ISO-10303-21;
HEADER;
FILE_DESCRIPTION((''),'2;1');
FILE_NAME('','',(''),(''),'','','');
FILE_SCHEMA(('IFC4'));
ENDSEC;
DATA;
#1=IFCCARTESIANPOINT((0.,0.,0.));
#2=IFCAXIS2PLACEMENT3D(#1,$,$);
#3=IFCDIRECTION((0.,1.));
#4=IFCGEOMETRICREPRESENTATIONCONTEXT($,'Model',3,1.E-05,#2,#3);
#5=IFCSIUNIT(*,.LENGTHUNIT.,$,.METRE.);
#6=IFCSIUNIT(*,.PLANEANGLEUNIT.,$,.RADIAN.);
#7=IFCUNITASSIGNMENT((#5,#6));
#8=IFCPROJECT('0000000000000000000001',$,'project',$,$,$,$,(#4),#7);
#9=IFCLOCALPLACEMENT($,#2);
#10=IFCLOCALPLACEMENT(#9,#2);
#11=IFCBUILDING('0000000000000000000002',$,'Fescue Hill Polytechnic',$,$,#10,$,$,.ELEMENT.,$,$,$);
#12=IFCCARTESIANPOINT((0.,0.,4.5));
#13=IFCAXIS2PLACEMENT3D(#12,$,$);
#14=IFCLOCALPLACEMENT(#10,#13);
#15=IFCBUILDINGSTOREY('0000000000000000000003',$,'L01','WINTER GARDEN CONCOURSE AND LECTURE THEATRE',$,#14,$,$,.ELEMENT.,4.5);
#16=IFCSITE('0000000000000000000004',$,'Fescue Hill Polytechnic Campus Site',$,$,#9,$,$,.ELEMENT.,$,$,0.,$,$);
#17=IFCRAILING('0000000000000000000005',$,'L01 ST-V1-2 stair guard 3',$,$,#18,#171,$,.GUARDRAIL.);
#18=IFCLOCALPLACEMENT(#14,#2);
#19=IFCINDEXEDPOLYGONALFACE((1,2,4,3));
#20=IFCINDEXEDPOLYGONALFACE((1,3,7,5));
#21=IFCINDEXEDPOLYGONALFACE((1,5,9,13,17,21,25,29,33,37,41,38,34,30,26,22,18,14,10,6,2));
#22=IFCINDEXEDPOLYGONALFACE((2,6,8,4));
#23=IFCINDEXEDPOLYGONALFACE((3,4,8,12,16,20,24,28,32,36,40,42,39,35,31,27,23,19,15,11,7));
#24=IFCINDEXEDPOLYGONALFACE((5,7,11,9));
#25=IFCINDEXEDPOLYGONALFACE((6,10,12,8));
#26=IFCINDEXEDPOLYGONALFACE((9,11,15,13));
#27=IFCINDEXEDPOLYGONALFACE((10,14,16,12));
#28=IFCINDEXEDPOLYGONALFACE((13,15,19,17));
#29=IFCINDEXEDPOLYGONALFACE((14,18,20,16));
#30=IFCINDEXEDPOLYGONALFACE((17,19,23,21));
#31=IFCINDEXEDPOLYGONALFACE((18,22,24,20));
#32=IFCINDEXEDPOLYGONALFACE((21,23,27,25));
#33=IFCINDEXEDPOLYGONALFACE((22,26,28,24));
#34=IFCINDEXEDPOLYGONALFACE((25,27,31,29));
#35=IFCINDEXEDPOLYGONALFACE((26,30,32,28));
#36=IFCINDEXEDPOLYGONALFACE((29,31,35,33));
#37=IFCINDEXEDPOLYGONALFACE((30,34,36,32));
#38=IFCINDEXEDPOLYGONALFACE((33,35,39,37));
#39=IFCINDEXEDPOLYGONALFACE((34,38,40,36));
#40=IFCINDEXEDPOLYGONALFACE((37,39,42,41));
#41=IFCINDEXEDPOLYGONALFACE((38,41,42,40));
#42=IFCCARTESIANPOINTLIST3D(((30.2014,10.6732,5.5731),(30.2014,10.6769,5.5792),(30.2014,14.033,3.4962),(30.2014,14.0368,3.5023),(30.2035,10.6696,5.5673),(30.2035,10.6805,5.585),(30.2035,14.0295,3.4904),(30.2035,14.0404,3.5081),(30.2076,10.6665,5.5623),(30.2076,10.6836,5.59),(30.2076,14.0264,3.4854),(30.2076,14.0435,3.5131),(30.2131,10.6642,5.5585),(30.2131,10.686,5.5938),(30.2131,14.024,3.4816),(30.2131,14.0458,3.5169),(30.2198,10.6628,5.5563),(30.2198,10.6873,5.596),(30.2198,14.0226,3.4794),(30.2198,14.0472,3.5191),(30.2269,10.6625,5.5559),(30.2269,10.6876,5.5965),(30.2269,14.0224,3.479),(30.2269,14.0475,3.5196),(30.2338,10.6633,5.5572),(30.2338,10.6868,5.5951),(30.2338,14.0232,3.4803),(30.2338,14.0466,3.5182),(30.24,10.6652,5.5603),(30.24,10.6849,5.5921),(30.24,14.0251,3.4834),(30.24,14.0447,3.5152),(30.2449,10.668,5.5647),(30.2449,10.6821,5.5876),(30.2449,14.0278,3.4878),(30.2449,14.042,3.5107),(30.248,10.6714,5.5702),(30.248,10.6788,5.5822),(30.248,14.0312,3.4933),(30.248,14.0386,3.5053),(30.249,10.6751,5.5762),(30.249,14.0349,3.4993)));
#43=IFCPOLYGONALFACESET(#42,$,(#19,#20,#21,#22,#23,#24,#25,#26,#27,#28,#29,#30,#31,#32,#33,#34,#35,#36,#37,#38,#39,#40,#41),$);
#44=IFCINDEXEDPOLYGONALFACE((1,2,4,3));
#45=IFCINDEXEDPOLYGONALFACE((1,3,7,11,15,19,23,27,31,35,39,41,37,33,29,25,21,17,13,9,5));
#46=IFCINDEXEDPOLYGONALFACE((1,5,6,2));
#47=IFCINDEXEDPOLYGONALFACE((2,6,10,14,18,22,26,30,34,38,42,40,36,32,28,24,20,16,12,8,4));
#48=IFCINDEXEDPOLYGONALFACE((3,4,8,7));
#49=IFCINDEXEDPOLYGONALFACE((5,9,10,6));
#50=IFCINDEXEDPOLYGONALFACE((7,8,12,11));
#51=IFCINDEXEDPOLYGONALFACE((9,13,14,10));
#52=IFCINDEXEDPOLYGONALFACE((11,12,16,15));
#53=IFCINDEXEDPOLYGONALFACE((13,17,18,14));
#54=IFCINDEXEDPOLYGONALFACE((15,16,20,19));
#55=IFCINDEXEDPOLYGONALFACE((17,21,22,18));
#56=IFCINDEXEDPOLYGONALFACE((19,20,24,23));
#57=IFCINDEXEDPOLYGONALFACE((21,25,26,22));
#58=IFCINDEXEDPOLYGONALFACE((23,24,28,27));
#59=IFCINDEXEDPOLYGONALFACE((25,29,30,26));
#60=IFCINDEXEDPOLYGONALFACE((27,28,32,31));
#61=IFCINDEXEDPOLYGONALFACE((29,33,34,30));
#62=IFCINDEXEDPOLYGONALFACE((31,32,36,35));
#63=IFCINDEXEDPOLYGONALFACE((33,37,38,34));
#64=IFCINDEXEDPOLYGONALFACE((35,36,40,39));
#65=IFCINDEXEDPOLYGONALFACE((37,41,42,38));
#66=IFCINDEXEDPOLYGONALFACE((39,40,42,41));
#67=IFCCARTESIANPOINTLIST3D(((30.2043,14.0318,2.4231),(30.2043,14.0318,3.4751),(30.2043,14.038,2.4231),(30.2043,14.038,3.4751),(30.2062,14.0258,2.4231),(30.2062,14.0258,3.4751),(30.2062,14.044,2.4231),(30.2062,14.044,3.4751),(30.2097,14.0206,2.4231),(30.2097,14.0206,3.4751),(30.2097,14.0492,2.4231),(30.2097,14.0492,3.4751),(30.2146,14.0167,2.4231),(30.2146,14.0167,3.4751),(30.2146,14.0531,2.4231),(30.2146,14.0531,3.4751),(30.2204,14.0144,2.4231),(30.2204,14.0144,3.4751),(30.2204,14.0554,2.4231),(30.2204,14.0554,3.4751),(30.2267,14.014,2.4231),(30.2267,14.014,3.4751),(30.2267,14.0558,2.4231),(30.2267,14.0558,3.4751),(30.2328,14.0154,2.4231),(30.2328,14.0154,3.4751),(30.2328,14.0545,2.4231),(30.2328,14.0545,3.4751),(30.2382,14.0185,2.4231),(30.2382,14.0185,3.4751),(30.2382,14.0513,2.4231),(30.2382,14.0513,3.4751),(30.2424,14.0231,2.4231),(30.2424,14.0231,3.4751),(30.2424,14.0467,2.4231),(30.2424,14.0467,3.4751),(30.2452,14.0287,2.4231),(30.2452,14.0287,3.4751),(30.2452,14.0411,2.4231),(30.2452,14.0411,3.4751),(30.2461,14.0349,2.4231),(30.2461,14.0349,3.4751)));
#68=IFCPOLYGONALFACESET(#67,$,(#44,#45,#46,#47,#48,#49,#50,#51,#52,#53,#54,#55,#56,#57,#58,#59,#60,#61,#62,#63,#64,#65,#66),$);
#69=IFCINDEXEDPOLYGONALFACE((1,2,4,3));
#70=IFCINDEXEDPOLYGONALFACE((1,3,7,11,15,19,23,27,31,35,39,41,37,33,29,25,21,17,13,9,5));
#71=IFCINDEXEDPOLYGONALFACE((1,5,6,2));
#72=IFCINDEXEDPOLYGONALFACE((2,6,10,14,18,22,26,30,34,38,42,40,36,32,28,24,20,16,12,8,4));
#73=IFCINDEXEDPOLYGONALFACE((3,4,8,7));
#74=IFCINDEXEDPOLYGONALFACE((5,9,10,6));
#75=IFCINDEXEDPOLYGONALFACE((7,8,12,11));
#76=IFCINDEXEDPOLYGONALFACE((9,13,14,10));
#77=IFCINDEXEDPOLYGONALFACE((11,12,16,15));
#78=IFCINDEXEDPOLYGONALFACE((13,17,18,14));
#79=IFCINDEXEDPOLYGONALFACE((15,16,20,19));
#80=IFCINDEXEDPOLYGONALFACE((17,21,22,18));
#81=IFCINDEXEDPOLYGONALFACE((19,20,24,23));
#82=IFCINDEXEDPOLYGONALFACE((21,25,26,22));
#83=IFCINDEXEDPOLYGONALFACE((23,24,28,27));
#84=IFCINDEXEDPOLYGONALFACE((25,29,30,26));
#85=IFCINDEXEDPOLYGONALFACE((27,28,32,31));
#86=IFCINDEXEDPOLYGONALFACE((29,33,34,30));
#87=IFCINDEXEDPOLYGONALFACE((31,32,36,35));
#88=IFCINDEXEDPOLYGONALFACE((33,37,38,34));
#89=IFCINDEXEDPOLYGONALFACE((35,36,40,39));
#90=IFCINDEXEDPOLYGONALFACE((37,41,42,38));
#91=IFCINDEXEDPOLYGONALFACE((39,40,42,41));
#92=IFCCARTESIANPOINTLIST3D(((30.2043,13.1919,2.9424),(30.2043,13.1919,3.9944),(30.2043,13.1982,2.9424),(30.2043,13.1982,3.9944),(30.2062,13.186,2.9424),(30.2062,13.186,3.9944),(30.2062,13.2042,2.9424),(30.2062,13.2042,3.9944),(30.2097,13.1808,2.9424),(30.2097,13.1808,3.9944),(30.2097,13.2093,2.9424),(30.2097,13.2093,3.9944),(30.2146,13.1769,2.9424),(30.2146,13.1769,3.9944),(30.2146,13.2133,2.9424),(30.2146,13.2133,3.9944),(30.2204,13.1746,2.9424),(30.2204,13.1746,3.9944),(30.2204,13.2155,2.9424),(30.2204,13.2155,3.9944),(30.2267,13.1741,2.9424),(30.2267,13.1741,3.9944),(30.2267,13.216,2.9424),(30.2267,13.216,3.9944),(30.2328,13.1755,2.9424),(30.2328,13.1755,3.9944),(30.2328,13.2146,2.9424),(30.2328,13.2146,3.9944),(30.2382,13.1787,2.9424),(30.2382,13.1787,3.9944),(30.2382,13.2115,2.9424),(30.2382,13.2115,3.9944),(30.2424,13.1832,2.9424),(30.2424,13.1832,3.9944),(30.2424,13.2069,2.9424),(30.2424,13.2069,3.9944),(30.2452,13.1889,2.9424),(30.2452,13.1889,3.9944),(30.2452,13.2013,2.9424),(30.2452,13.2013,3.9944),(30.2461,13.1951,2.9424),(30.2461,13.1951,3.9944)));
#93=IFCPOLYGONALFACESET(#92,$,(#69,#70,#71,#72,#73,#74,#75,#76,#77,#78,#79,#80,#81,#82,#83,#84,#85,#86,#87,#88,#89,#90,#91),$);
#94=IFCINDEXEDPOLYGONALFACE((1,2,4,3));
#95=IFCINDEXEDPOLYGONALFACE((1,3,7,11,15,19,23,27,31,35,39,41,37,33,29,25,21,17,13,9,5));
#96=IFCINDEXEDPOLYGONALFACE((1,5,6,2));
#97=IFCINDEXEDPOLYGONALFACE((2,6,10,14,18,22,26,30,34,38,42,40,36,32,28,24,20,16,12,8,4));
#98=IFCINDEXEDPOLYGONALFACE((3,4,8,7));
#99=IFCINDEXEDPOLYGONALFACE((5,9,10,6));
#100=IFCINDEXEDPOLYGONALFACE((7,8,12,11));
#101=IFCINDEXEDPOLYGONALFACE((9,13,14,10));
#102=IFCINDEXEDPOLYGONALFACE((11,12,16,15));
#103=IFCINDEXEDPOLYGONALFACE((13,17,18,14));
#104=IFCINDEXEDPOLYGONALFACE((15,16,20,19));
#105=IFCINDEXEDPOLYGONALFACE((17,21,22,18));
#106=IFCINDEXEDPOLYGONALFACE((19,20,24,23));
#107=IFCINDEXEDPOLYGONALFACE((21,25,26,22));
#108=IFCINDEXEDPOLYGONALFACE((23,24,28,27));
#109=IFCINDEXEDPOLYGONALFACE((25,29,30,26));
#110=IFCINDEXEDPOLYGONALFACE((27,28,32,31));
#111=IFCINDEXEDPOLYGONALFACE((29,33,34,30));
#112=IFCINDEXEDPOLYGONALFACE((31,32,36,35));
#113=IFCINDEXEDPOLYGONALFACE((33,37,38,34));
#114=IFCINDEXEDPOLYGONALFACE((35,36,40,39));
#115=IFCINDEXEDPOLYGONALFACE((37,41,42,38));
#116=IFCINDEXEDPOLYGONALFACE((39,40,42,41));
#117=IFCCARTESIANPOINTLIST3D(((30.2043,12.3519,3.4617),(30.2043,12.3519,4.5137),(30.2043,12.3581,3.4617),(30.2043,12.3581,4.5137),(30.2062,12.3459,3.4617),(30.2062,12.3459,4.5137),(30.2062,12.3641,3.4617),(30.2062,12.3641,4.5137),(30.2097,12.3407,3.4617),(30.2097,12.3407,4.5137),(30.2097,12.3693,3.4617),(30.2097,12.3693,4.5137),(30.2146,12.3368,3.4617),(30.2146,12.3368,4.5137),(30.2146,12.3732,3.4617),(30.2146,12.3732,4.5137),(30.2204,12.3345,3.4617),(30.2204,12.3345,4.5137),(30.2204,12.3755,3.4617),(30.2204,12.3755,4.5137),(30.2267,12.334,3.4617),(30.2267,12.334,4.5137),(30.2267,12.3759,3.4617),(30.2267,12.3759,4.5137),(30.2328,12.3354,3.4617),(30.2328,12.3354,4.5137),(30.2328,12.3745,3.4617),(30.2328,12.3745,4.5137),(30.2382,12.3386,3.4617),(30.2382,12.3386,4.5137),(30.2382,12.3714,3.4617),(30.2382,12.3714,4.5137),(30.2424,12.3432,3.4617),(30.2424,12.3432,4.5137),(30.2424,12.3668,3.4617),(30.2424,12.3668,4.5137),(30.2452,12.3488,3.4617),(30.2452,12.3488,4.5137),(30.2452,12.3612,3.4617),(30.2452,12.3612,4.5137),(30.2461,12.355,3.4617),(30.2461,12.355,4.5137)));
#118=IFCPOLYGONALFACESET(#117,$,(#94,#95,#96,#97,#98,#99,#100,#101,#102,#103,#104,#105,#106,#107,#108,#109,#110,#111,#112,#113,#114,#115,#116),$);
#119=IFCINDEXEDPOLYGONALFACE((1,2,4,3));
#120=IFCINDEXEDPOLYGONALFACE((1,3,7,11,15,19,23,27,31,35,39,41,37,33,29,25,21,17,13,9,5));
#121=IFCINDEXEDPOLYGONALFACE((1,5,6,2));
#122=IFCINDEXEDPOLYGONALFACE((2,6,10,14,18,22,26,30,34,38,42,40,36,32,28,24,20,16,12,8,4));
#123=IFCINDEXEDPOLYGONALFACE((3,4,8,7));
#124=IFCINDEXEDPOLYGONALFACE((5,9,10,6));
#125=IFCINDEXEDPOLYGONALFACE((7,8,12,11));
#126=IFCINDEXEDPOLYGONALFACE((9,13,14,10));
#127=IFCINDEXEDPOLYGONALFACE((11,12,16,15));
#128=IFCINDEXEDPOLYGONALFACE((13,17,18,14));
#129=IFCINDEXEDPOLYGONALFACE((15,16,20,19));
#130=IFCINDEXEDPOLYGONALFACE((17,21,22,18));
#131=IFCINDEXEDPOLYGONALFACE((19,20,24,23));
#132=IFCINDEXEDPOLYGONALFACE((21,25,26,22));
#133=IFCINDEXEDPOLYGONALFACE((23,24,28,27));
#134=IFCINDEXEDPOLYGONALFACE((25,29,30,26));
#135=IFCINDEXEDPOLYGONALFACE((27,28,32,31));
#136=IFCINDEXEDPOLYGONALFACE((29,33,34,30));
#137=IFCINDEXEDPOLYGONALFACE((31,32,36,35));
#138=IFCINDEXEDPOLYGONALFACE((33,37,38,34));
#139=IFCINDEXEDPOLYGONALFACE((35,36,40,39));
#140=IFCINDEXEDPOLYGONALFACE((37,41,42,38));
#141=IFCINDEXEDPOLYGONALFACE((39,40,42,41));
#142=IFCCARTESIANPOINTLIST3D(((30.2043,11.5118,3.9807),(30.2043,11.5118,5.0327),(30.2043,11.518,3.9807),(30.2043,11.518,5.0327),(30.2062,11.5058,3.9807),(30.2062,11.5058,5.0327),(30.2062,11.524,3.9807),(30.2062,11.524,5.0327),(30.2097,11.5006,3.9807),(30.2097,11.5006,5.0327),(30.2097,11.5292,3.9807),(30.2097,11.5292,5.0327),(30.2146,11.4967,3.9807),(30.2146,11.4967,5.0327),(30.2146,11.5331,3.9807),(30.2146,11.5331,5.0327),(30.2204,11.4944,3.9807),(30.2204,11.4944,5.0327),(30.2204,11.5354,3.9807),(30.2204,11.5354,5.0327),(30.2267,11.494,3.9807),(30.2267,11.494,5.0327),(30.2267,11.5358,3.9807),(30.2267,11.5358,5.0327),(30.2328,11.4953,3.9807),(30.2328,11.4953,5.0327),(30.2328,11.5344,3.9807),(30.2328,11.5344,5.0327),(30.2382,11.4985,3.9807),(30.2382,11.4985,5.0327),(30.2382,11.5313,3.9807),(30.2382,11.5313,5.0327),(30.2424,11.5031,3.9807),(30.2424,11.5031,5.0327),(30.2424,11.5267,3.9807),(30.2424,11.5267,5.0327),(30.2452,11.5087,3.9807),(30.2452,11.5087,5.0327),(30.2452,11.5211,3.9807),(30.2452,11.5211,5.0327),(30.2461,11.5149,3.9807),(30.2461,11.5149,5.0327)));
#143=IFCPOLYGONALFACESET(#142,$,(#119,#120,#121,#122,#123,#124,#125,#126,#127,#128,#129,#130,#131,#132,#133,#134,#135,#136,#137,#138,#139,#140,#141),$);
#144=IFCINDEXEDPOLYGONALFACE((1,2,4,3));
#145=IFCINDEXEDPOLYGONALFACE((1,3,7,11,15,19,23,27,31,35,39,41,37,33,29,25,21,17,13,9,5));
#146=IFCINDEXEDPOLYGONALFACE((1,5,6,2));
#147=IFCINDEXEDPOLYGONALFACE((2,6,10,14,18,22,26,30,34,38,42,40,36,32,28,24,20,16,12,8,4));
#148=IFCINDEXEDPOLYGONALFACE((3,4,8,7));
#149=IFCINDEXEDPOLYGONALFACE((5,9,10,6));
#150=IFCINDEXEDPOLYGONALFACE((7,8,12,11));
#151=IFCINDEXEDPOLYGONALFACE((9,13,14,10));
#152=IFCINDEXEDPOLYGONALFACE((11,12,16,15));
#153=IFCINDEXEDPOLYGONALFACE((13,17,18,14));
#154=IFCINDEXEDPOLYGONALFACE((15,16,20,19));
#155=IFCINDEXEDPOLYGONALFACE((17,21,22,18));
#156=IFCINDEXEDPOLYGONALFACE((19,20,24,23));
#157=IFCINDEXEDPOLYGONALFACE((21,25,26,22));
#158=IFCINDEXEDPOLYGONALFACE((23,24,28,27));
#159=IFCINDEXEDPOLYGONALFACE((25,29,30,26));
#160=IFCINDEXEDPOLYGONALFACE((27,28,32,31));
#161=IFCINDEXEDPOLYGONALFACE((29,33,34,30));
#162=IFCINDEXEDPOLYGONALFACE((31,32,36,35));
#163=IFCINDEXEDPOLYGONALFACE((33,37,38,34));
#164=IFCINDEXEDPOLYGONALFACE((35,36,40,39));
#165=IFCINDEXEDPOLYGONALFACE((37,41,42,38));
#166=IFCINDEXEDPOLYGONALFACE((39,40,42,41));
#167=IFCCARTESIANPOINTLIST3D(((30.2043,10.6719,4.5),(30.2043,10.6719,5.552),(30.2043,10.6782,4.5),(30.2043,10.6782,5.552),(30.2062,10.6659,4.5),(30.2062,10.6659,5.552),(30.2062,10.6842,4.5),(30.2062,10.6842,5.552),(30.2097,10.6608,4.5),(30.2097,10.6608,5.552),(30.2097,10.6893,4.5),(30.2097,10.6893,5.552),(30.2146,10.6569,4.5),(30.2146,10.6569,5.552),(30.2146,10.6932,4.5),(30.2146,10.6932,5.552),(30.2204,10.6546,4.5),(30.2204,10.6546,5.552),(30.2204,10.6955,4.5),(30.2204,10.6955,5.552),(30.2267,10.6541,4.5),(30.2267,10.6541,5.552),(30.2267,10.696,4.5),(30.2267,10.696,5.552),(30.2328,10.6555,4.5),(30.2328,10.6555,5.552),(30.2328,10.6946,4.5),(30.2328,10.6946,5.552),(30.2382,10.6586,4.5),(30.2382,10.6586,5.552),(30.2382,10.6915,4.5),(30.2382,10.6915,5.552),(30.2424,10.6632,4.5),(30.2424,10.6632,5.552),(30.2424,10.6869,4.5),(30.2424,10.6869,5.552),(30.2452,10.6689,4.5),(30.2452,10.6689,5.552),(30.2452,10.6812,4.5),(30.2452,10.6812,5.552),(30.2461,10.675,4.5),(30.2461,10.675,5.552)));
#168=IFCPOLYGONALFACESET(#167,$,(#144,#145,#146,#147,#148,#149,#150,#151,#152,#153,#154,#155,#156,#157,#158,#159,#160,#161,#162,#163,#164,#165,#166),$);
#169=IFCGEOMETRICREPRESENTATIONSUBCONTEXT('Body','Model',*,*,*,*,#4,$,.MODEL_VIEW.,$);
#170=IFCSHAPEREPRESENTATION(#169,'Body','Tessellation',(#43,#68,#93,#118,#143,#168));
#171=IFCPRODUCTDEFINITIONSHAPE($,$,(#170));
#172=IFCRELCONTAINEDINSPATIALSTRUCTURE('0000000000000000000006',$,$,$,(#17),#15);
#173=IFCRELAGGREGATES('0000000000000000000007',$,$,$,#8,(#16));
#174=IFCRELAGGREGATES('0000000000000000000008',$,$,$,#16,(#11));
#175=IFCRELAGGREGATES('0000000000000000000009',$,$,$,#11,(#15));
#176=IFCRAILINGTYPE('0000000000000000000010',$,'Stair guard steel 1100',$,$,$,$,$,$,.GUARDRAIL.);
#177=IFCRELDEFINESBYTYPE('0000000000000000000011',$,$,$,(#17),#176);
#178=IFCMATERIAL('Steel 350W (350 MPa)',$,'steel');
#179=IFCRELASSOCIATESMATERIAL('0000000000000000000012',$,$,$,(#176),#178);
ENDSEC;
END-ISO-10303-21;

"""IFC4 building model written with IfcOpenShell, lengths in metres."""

from ifc_helpers import new_model, si_unit, direction, frame, origin, origin_2d, place, context, subcontext, project, spatial, circle, extrude, material, type_object, element, save


model = new_model("IFC4")

# Units and contexts
model_context = context("Model", 3, precision=1e-05, world=origin(), true_north=direction((0.0, 1.0)))
body_context = subcontext(model_context, "Body", "Model", "MODEL_VIEW")
ifc_project = project(units=[si_unit("LENGTHUNIT", "METRE"), si_unit("PLANEANGLEUNIT", "RADIAN")], contexts=[model_context])

# Site, building, storey
site_placement = place(None, origin())
site = spatial("IfcSite", under=ifc_project, at=site_placement, Name="Fescue Hill Polytechnic Campus Site", CompositionType="ELEMENT", RefElevation=0.0)
building_placement = place(site_placement, origin())
building = spatial("IfcBuilding", under=site, at=building_placement, Name="Fescue Hill Polytechnic", CompositionType="ELEMENT")
storey_placement = place(building_placement, frame((0.0, 0.0, 4.5)))
storey = spatial("IfcBuildingStorey", under=building, at=storey_placement, Name="L01", Description="WINTER GARDEN CONCOURSE AND LECTURE THEATRE", CompositionType="ELEMENT", Elevation=4.5)

# Shared definitions
ifc_material_1 = material(Name="Steel 350W (350 MPa)", Category="steel")

# Railing
railing_type_1 = type_object("IfcRailingType", Name="Stair guard steel 1100", PredefinedType="GUARDRAIL", material=ifc_material_1)
railing_1_placement = place(storey_placement, frame((30.2251, 14.0349, 2.4231)))
element("IfcRailing", 1, at=railing_1_placement, inside=storey, type_object=railing_type_1, Name="L01 ST-V1-2 stair guard 3", PredefinedType="GUARDRAIL", context=body_context, shape_type="SweptSolid", body=[
    extrude(circle(Radius=0.0239, at=origin_2d()), frame((0.0, 0.0, 1.0762), z_axis=(0.0, -0.850606, 0.525803), x_axis=(1.0, 0.0, 0.0)), (0.0, 0.0, 1.0), 3.95),
    extrude(circle(Radius=0.021, at=origin_2d()), origin(), (0.0, 0.0, 1.0), 1.052),
    extrude(circle(Radius=0.021, at=origin_2d()), frame((0.0, -0.8398, 0.5193)), (0.0, 0.0, 1.0), 1.052),
    extrude(circle(Radius=0.021, at=origin_2d()), frame((0.0, -1.6799, 1.0386)), (0.0, 0.0, 1.0), 1.052),
    extrude(circle(Radius=0.021, at=origin_2d()), frame((0.0, -2.52, 1.5576)), (0.0, 0.0, 1.0), 1.052),
    extrude(circle(Radius=0.021, at=origin_2d()), frame((0.0, -3.3599, 2.0769)), (0.0, 0.0, 1.0), 1.052),
])

save(model, "model.ifc")
